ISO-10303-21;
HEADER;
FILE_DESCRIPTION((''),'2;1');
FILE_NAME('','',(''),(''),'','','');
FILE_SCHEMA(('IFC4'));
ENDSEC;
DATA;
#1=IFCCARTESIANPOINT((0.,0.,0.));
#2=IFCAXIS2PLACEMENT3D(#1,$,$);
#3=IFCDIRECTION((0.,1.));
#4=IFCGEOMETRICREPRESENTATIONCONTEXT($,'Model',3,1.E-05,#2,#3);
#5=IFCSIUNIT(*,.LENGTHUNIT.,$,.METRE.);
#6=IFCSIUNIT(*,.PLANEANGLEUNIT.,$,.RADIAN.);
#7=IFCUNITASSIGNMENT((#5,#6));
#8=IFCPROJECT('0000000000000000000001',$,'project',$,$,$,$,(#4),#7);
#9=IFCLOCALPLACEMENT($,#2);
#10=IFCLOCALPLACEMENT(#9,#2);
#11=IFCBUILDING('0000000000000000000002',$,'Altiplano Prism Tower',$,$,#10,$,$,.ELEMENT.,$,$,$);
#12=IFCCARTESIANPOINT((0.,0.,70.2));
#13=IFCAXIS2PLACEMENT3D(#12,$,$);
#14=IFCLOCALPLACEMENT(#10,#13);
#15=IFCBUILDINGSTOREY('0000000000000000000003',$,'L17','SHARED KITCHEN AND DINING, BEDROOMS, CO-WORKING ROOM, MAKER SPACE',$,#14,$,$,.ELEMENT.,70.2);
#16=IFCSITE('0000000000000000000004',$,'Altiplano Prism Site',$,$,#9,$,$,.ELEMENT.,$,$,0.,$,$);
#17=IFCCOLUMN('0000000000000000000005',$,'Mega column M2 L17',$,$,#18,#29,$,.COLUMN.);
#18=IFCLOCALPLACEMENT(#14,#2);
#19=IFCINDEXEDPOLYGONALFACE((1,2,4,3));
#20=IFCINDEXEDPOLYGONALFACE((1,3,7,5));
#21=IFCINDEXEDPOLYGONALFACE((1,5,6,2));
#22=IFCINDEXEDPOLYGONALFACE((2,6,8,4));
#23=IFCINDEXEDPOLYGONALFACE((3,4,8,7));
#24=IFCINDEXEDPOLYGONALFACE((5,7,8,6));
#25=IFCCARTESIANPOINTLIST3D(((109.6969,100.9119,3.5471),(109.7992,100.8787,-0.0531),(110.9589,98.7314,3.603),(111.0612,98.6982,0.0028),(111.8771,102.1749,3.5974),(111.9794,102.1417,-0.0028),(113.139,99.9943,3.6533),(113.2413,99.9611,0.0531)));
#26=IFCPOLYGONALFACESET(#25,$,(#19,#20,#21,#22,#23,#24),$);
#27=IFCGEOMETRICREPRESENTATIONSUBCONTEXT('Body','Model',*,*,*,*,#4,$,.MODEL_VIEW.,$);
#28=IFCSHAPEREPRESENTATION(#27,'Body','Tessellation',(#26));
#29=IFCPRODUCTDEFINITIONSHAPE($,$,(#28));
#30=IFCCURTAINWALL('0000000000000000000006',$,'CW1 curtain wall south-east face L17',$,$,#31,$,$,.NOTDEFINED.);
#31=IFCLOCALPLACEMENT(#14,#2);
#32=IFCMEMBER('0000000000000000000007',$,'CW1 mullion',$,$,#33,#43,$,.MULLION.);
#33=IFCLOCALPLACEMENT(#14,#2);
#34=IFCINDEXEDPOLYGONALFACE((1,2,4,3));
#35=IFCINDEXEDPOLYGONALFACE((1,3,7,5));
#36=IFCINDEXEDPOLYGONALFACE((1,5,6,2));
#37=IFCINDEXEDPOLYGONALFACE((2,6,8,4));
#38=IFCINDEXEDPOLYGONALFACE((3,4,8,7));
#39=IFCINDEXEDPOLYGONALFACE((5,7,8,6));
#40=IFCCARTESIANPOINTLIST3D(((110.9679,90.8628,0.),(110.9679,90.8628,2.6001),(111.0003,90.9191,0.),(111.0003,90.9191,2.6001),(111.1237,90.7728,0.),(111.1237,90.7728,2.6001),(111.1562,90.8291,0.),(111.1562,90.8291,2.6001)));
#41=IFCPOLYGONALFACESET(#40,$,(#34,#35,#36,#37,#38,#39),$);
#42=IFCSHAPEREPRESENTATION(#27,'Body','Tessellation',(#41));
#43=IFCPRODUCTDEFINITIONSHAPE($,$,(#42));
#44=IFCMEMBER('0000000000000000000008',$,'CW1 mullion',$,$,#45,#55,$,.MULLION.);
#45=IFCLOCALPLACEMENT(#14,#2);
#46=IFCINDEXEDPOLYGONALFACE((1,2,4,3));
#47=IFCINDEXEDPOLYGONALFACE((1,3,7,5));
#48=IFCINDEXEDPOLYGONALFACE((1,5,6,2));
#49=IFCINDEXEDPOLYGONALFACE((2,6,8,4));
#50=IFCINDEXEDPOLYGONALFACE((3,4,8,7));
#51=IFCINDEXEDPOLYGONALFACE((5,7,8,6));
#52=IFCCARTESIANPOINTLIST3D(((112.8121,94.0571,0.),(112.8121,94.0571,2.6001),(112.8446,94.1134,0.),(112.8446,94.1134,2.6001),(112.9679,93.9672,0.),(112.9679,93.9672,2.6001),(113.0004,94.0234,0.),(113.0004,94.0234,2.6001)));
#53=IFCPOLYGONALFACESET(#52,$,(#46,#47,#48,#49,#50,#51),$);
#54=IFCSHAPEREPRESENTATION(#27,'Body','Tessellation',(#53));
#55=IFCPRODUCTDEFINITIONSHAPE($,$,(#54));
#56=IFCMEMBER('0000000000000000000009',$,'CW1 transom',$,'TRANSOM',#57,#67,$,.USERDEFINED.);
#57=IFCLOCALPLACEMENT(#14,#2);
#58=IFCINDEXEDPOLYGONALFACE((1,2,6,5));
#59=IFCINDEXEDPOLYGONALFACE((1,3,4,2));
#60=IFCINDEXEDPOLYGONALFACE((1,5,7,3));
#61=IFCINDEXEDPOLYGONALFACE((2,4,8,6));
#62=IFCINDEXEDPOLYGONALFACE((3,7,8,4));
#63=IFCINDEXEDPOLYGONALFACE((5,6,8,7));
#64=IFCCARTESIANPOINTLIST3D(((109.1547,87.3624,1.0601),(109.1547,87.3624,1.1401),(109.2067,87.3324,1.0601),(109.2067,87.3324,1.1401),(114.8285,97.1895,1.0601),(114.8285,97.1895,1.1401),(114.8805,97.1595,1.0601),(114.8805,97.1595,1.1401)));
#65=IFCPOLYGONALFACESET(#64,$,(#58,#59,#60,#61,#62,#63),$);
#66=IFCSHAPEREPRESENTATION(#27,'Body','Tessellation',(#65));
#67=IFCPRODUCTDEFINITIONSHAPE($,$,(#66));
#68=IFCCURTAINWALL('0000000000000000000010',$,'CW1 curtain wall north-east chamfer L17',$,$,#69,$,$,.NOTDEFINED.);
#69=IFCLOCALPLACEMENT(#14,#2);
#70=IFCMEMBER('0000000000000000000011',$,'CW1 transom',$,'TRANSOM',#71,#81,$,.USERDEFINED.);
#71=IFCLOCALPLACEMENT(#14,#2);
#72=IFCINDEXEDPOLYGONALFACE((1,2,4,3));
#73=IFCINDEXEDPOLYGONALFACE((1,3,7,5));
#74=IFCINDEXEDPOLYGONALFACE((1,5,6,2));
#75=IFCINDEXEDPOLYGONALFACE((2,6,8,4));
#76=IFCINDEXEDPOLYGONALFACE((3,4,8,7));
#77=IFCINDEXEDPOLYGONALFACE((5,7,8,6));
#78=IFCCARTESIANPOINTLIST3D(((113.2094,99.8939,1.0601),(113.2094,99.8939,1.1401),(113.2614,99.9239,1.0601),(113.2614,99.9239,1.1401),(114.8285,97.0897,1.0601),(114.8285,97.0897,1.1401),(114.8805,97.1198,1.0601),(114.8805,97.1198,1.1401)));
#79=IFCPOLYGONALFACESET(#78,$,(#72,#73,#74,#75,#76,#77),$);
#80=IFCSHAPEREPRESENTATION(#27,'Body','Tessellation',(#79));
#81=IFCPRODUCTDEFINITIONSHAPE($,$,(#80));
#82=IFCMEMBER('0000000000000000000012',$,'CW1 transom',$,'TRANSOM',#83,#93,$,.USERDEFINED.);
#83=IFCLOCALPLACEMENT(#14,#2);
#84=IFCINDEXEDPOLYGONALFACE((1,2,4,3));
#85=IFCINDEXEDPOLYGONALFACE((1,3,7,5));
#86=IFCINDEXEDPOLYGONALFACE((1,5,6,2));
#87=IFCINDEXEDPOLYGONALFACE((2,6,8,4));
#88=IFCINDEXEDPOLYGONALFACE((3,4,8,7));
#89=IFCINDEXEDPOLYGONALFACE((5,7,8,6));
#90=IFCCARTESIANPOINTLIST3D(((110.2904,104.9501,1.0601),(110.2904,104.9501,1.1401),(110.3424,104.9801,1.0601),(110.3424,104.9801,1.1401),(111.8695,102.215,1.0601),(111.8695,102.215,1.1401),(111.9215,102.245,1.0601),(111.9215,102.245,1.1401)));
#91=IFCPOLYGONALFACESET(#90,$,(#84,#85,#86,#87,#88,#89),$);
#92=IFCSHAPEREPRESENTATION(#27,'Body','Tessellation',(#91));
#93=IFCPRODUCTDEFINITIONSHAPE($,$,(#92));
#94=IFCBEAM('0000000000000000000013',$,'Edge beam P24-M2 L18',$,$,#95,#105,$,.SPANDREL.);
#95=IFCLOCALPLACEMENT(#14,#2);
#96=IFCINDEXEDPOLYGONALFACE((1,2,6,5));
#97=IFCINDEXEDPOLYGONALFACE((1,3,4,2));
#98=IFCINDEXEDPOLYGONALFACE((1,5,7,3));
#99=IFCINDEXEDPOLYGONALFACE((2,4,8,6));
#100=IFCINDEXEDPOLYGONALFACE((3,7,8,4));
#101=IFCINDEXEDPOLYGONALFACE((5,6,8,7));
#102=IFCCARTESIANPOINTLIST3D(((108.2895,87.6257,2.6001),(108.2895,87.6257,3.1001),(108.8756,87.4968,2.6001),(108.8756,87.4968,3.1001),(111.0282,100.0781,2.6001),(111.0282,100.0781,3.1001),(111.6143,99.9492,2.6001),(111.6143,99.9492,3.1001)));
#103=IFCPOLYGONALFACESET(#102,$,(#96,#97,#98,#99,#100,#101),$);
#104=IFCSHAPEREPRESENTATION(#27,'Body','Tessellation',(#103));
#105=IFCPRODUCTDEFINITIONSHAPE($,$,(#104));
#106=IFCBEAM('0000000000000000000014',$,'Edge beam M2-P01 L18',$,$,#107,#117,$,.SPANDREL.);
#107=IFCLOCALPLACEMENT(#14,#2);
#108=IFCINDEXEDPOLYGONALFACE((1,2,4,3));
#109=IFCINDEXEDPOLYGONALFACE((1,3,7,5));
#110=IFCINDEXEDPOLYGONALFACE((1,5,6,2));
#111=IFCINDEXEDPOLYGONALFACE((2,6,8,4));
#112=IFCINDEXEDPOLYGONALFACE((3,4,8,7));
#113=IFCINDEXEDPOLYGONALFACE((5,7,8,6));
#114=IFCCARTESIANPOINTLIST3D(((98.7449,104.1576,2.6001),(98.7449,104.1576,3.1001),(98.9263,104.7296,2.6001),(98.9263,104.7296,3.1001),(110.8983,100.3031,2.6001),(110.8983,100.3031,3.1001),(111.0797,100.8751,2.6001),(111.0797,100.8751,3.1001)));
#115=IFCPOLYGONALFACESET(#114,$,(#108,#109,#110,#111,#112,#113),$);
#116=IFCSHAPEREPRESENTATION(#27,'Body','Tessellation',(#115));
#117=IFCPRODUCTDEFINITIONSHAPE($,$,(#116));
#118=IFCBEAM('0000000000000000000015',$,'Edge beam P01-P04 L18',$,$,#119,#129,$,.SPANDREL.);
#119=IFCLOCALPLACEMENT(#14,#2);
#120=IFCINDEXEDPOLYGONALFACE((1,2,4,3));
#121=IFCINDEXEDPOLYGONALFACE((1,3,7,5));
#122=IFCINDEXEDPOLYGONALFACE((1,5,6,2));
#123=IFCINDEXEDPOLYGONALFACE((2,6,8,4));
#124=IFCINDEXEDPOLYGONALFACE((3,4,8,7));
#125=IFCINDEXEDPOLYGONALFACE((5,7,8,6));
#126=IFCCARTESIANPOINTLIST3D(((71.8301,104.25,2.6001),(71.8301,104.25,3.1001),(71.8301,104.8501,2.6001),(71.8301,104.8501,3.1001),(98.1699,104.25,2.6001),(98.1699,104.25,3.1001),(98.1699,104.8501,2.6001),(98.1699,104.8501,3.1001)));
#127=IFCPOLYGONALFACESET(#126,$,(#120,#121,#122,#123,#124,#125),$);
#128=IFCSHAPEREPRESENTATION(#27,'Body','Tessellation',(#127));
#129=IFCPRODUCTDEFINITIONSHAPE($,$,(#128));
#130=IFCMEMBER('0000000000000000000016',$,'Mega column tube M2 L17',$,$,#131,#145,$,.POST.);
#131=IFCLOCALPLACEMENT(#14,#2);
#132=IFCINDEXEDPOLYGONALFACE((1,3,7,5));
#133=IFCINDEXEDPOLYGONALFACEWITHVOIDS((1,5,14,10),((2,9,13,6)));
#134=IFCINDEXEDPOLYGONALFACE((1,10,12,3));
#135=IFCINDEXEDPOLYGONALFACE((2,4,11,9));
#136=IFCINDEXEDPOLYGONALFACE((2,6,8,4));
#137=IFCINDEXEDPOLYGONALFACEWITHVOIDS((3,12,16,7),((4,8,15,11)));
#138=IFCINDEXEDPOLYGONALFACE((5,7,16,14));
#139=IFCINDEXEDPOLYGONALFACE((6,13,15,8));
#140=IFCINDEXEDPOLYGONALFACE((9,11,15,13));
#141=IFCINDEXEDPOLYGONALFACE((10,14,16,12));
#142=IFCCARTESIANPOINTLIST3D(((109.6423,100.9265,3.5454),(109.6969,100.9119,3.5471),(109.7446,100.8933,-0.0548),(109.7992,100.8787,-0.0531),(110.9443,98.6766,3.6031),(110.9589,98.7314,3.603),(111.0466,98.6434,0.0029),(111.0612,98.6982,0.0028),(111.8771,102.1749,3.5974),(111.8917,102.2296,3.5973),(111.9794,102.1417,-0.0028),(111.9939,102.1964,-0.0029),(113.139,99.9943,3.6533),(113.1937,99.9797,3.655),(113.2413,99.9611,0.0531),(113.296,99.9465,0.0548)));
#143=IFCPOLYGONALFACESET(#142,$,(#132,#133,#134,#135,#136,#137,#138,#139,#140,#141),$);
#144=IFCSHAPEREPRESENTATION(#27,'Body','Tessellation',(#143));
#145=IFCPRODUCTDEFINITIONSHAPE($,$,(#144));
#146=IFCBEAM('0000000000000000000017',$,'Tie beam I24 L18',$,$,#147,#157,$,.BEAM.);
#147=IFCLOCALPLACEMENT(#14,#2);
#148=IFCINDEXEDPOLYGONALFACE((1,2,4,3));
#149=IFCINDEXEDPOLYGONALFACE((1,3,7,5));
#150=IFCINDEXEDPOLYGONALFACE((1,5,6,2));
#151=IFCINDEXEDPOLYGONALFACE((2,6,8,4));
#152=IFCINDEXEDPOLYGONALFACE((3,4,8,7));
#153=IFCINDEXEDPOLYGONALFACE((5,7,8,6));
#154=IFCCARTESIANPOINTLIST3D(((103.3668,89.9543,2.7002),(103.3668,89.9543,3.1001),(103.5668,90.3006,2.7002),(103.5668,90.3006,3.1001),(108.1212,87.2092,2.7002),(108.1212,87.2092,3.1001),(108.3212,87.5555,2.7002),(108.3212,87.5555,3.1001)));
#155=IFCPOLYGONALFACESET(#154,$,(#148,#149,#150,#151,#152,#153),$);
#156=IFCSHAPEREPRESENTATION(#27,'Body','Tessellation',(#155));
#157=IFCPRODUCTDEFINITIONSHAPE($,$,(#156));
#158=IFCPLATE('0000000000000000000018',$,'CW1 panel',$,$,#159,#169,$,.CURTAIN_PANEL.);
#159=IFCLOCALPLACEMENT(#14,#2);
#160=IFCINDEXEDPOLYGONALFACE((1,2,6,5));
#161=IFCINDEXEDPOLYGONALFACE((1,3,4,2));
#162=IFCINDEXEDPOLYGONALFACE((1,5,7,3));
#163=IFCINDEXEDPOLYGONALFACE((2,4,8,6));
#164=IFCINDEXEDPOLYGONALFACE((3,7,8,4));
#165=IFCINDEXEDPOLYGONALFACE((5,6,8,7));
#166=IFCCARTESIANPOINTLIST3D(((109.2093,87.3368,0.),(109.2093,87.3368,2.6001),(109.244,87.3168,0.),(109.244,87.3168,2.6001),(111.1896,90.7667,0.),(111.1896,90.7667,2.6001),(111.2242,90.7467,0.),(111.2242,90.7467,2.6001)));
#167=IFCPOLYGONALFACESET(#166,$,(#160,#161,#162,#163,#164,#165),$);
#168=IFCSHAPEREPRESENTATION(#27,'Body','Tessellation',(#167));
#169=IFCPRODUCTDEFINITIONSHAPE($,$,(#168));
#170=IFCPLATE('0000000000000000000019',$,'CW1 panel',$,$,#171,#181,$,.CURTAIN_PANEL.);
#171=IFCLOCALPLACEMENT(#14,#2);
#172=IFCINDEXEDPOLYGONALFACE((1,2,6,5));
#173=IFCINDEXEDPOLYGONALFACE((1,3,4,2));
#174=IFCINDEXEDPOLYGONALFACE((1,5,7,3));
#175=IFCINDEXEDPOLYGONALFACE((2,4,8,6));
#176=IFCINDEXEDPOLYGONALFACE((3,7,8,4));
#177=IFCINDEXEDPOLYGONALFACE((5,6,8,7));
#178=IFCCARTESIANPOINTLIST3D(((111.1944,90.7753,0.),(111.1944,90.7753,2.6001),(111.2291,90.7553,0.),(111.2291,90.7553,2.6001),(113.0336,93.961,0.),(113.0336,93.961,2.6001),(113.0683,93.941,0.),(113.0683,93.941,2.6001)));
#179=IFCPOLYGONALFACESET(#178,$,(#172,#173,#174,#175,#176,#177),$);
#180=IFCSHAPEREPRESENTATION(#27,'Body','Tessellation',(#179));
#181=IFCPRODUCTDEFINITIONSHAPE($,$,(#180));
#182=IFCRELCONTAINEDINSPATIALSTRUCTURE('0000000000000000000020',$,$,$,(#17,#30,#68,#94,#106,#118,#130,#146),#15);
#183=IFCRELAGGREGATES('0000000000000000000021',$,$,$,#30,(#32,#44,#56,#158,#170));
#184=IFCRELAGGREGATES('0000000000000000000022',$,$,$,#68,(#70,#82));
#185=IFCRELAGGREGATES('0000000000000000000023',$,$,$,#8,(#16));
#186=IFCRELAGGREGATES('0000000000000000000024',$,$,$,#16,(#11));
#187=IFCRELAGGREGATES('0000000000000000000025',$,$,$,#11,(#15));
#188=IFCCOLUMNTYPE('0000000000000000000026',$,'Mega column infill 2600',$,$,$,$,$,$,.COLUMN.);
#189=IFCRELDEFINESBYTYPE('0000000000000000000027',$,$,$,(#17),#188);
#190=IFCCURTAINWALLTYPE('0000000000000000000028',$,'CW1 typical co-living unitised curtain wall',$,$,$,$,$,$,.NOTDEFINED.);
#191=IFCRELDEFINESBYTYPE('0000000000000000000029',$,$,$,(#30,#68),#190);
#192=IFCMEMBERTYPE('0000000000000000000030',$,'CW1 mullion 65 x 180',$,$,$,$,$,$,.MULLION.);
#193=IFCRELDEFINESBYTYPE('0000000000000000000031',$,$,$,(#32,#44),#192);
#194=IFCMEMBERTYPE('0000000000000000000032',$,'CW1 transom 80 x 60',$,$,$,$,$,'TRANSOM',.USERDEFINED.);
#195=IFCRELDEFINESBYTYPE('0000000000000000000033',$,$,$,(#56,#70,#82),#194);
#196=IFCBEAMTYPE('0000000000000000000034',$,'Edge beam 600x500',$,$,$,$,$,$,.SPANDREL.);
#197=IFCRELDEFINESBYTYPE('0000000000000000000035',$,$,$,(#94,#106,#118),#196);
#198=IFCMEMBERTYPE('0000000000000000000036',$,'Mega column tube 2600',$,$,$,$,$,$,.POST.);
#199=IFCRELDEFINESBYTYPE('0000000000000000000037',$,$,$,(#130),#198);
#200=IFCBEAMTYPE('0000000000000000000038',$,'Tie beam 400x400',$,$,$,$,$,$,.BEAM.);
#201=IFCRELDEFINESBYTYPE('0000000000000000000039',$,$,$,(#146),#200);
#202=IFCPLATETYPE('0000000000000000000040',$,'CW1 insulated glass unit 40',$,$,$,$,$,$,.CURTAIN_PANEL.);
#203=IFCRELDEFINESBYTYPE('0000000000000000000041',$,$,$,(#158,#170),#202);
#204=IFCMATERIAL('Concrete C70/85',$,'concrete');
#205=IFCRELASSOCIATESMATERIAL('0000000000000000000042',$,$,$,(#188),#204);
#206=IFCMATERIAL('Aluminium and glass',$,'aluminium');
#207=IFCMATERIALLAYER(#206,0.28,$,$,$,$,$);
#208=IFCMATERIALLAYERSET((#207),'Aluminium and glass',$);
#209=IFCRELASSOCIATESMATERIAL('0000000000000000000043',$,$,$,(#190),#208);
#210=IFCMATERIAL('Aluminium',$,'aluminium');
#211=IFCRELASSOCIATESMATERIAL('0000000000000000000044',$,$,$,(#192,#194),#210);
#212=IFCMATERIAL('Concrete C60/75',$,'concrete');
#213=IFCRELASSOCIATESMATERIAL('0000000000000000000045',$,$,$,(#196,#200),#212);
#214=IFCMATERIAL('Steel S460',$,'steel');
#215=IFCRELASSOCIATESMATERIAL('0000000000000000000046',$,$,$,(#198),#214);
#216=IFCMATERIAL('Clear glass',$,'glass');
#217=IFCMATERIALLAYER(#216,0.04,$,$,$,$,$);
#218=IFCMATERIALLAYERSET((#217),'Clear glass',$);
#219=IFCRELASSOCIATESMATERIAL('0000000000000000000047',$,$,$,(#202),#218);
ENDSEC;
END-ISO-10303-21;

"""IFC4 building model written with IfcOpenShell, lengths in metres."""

from ifc_helpers import new_model, si_unit, direction, frame, origin, origin_2d, place, context, subcontext, project, spatial, rectangle, hollow_rectangle, extrude, material, layer, layer_set, material_profile, profile_set, type_object, element, aggregate, save


model = new_model("IFC4")

# Units and contexts
model_context = context("Model", 3, precision=1e-05, world=origin(), true_north=direction((0.0, 1.0)))
body_context = subcontext(model_context, "Body", "Model", "MODEL_VIEW")
ifc_project = project(units=[si_unit("LENGTHUNIT", "METRE"), si_unit("PLANEANGLEUNIT", "RADIAN")], contexts=[model_context])

# Site, building, storey
site_placement = place(None, origin())
site = spatial("IfcSite", under=ifc_project, at=site_placement, Name="Altiplano Prism Site", CompositionType="ELEMENT", RefElevation=0.0)
building_placement = place(site_placement, origin())
building = spatial("IfcBuilding", under=site, at=building_placement, Name="Altiplano Prism Tower", CompositionType="ELEMENT")
storey_placement = place(building_placement, frame((0.0, 0.0, 70.2)))
storey = spatial("IfcBuildingStorey", under=building, at=storey_placement, Name="L17", Description="SHARED KITCHEN AND DINING, BEDROOMS, CO-WORKING ROOM, MAKER SPACE", CompositionType="ELEMENT", Elevation=70.2)

# Column
ifc_material_1 = material(Name="Concrete C70/85", Category="concrete")
ifc_material_profile_1 = material_profile(ifc_material_1, rectangle(XDim=2.52, YDim=2.52, at=origin_2d()), Name="Mega column infill 2600")
ifc_profile_set_1 = profile_set([ifc_material_profile_1], Name="Concrete C70/85")
column_type = type_object("IfcColumnType", Name="Mega column infill 2600", PredefinedType="COLUMN", material=ifc_profile_set_1)
column_placement = place(storey_placement, frame((111.5203, 100.4199, 0.0), z_axis=(-0.028402, 0.009219, 0.999554), x_axis=(0.50076, -0.865301, 0.022209)))
element("IfcColumn", 1, at=column_placement, inside=storey, type_object=column_type, Name="Mega column M2 L17", PredefinedType="COLUMN", context=body_context, shape_type="SweptSolid", body=[
    extrude(rectangle(XDim=2.52, YDim=2.52, at=origin_2d()), origin(), (0.0, 0.0, 1.0), 3.6018),
])

# Curtain walls, members
ifc_material_2 = material(Name="Aluminium and glass", Category="aluminium")
ifc_layer_1 = layer(ifc_material_2, 0.28)
ifc_layer_set_1 = layer_set([ifc_layer_1], Name="Aluminium and glass")
curtain_wall_type = type_object("IfcCurtainWallType", Name="CW1 typical co-living unitised curtain wall", PredefinedType="NOTDEFINED", material=ifc_layer_set_1)
curtain_wall_1_placement = place(storey_placement, origin())
curtain_wall_1 = element("IfcCurtainWall", 2, at=curtain_wall_1_placement, inside=storey, type_object=curtain_wall_type, Name="CW1 curtain wall south-east face L17", PredefinedType="NOTDEFINED")
ifc_material_3 = material(Name="Aluminium", Category="aluminium")
ifc_material_profile_2 = material_profile(ifc_material_3, rectangle(XDim=0.1799, YDim=0.0649, at=origin_2d()), Name="CW1 mullion 65 x 180")
ifc_profile_set_2 = profile_set([ifc_material_profile_2], Name="Aluminium")
member_type_1 = type_object("IfcMemberType", Name="CW1 mullion 65 x 180", PredefinedType="MULLION", material=ifc_profile_set_2)
member_1_placement = place(storey_placement, frame((111.062, 90.8459, 0.0), z_axis=(0.0, 0.0, 1.0), x_axis=(-0.866025, 0.5, 0.0)))
member_1 = element("IfcMember", 3, at=member_1_placement, type_object=member_type_1, Name="CW1 mullion", PredefinedType="MULLION", context=body_context, shape_type="SweptSolid", body=[
    extrude(rectangle(XDim=0.1799, YDim=0.0649, at=origin_2d()), origin(), (0.0, 0.0, 1.0), 2.6001),
])
member_2_placement = place(storey_placement, frame((112.9062, 94.0403, 0.0), z_axis=(0.0, 0.0, 1.0), x_axis=(-0.866025, 0.5, 0.0)))
member_2 = element("IfcMember", 4, at=member_2_placement, type_object=member_type_1, Name="CW1 mullion", PredefinedType="MULLION", context=body_context, shape_type="SweptSolid", body=[
    extrude(rectangle(XDim=0.1799, YDim=0.0649, at=origin_2d()), origin(), (0.0, 0.0, 1.0), 2.6001),
])
ifc_material_profile_3 = material_profile(ifc_material_3, rectangle(XDim=0.0601, YDim=0.0801, at=origin_2d()), Name="CW1 transom 80 x 60")
ifc_profile_set_3 = profile_set([ifc_material_profile_3], Name="Aluminium")
member_type_2 = type_object("IfcMemberType", Name="CW1 transom 80 x 60", ElementType="TRANSOM", PredefinedType="USERDEFINED", material=ifc_profile_set_3)
member_3_placement = place(storey_placement, frame((109.1807, 87.3474, 1.1001), z_axis=(0.500008, 0.866021, 0.0), x_axis=(-0.866021, 0.500008, 0.0)))
member_3 = element("IfcMember", 5, at=member_3_placement, type_object=member_type_2, Name="CW1 transom", ObjectType="TRANSOM", PredefinedType="USERDEFINED", context=body_context, shape_type="SweptSolid", body=[
    extrude(rectangle(XDim=0.0601, YDim=0.0801, at=origin_2d()), origin(), (0.0, 0.0, 1.0), 11.3474),
])
curtain_wall_2_placement = place(storey_placement, origin())
curtain_wall_2 = element("IfcCurtainWall", 6, at=curtain_wall_2_placement, inside=storey, type_object=curtain_wall_type, Name="CW1 curtain wall north-east chamfer L17", PredefinedType="NOTDEFINED")
member_4_placement = place(storey_placement, frame((114.8545, 97.1047, 1.1001), z_axis=(-0.500031, 0.866007, 0.0), x_axis=(-0.866007, -0.500031, 0.0)))
member_4 = element("IfcMember", 7, at=member_4_placement, type_object=member_type_2, Name="CW1 transom", ObjectType="TRANSOM", PredefinedType="USERDEFINED", context=body_context, shape_type="SweptSolid", body=[
    extrude(rectangle(XDim=0.0601, YDim=0.0801, at=origin_2d()), origin(), (0.0, 0.0, 1.0), 3.238),
])
member_5_placement = place(storey_placement, frame((111.8955, 102.23, 1.1001), z_axis=(-0.499997, 0.866027, 0.0), x_axis=(-0.866027, -0.499997, 0.0)))
member_5 = element("IfcMember", 8, at=member_5_placement, type_object=member_type_2, Name="CW1 transom", ObjectType="TRANSOM", PredefinedType="USERDEFINED", context=body_context, shape_type="SweptSolid", body=[
    extrude(rectangle(XDim=0.0601, YDim=0.0801, at=origin_2d()), origin(), (0.0, 0.0, 1.0), 3.1582),
])

# Beams
ifc_material_4 = material(Name="Concrete C60/75", Category="concrete")
ifc_material_profile_4 = material_profile(ifc_material_4, rectangle(XDim=0.6001, YDim=0.5, at=origin_2d()), Name="Edge beam 600x500")
ifc_profile_set_4 = profile_set([ifc_material_profile_4], Name="Concrete C60/75")
beam_type_1 = type_object("IfcBeamType", Name="Edge beam 600x500", PredefinedType="SPANDREL", material=ifc_profile_set_4)
for number, where, z_axis, x_axis, name in (
    (9, (108.5825, 87.5613, 2.8501), (0.214805, 0.976657, 0.0), (-0.976657, 0.214805, 0.0), "Edge beam P24-M2 L18"),
    (10, (110.989, 100.5891, 2.8501), (-0.953208, 0.302315, 0.0), (-0.302315, -0.953208, 0.0), "Edge beam M2-P01 L18"),
):
    element("IfcBeam", number, at=place(storey_placement, frame(where, z_axis=z_axis, x_axis=x_axis)), inside=storey, type_object=beam_type_1, Name=name, PredefinedType="SPANDREL", context=body_context, shape_type="SweptSolid", body=[
        extrude(rectangle(XDim=0.6001, YDim=0.5, at=origin_2d()), origin(), (0.0, 0.0, 1.0), 12.75),
    ])
beam_1_placement = place(storey_placement, frame((98.1699, 104.55, 2.8501), z_axis=(-1.0, 0.0, 0.0), x_axis=(0.0, -1.0, 0.0)))
element("IfcBeam", 11, at=beam_1_placement, inside=storey, type_object=beam_type_1, Name="Edge beam P01-P04 L18", PredefinedType="SPANDREL", context=body_context, shape_type="SweptSolid", body=[
    extrude(rectangle(XDim=0.6001, YDim=0.5, at=origin_2d()), origin(), (0.0, 0.0, 1.0), 26.3398),
])

# Member
ifc_material_5 = material(Name="Steel S460", Category="steel")
ifc_material_profile_5 = material_profile(ifc_material_5, hollow_rectangle(XDim=2.6001, YDim=2.6001, WallThickness=0.04, at=origin_2d()), Name="Mega column tube 2600")
ifc_profile_set_5 = profile_set([ifc_material_profile_5], Name="Steel S460")
member_type_3 = type_object("IfcMemberType", Name="Mega column tube 2600", PredefinedType="POST", material=ifc_profile_set_5)
member_6_placement = place(storey_placement, frame((111.5203, 100.4199, 0.0), z_axis=(-0.028402, 0.009219, 0.999554), x_axis=(0.50076, -0.865301, 0.022209)))
element("IfcMember", 12, at=member_6_placement, inside=storey, type_object=member_type_3, Name="Mega column tube M2 L17", PredefinedType="POST", context=body_context, shape_type="SweptSolid", body=[
    extrude(hollow_rectangle(XDim=2.6001, YDim=2.6001, WallThickness=0.04, at=origin_2d()), origin(), (0.0, 0.0, 1.0), 3.6018),
])

# Beam
ifc_material_profile_6 = material_profile(ifc_material_4, rectangle(XDim=0.3999, YDim=0.3999, at=origin_2d()), Name="Tie beam 400x400")
ifc_profile_set_6 = profile_set([ifc_material_profile_6], Name="Concrete C60/75")
beam_type_2 = type_object("IfcBeamType", Name="Tie beam 400x400", PredefinedType="BEAM", material=ifc_profile_set_6)
beam_2_placement = place(storey_placement, frame((103.4668, 90.1274, 2.9001), z_axis=(0.866012, -0.500023, 0.0), x_axis=(0.500023, 0.866012, 0.0)))
element("IfcBeam", 13, at=beam_2_placement, inside=storey, type_object=beam_type_2, Name="Tie beam I24 L18", PredefinedType="BEAM", context=body_context, shape_type="SweptSolid", body=[
    extrude(rectangle(XDim=0.3999, YDim=0.3999, at=origin_2d()), origin(), (0.0, 0.0, 1.0), 5.49),
])

# Plates
ifc_material_6 = material(Name="Clear glass", Category="glass")
ifc_layer_2 = layer(ifc_material_6, 0.04)
ifc_layer_set_2 = layer_set([ifc_layer_2], Name="Clear glass")
plate_type = type_object("IfcPlateType", Name="CW1 insulated glass unit 40", PredefinedType="CURTAIN_PANEL", material=ifc_layer_set_2)
plate_1_placement = place(storey_placement, frame((110.2168, 89.0417, 0.0), z_axis=(0.0, 0.0, 1.0), x_axis=(0.5, 0.866025, 0.0)))
plate_1 = element("IfcPlate", 14, at=plate_1_placement, type_object=plate_type, Name="CW1 panel", PredefinedType="CURTAIN_PANEL", context=body_context, shape_type="SweptSolid", body=[
    extrude(rectangle(XDim=3.9604, YDim=0.04, at=origin_2d()), origin(), (0.0, 0.0, 1.0), 2.6001),
])
plate_2_placement = place(storey_placement, frame((112.1313, 92.3582, 0.0), z_axis=(0.0, 0.0, 1.0), x_axis=(0.5, 0.866025, 0.0)))
plate_2 = element("IfcPlate", 15, at=plate_2_placement, type_object=plate_type, Name="CW1 panel", PredefinedType="CURTAIN_PANEL", context=body_context, shape_type="SweptSolid", body=[
    extrude(rectangle(XDim=3.6785, YDim=0.04, at=origin_2d()), origin(), (0.0, 0.0, 1.0), 2.6001),
])
aggregate(curtain_wall_1, [member_1, member_2, member_3, plate_1, plate_2])
aggregate(curtain_wall_2, [member_4, member_5])

save(model, "model.ifc")
